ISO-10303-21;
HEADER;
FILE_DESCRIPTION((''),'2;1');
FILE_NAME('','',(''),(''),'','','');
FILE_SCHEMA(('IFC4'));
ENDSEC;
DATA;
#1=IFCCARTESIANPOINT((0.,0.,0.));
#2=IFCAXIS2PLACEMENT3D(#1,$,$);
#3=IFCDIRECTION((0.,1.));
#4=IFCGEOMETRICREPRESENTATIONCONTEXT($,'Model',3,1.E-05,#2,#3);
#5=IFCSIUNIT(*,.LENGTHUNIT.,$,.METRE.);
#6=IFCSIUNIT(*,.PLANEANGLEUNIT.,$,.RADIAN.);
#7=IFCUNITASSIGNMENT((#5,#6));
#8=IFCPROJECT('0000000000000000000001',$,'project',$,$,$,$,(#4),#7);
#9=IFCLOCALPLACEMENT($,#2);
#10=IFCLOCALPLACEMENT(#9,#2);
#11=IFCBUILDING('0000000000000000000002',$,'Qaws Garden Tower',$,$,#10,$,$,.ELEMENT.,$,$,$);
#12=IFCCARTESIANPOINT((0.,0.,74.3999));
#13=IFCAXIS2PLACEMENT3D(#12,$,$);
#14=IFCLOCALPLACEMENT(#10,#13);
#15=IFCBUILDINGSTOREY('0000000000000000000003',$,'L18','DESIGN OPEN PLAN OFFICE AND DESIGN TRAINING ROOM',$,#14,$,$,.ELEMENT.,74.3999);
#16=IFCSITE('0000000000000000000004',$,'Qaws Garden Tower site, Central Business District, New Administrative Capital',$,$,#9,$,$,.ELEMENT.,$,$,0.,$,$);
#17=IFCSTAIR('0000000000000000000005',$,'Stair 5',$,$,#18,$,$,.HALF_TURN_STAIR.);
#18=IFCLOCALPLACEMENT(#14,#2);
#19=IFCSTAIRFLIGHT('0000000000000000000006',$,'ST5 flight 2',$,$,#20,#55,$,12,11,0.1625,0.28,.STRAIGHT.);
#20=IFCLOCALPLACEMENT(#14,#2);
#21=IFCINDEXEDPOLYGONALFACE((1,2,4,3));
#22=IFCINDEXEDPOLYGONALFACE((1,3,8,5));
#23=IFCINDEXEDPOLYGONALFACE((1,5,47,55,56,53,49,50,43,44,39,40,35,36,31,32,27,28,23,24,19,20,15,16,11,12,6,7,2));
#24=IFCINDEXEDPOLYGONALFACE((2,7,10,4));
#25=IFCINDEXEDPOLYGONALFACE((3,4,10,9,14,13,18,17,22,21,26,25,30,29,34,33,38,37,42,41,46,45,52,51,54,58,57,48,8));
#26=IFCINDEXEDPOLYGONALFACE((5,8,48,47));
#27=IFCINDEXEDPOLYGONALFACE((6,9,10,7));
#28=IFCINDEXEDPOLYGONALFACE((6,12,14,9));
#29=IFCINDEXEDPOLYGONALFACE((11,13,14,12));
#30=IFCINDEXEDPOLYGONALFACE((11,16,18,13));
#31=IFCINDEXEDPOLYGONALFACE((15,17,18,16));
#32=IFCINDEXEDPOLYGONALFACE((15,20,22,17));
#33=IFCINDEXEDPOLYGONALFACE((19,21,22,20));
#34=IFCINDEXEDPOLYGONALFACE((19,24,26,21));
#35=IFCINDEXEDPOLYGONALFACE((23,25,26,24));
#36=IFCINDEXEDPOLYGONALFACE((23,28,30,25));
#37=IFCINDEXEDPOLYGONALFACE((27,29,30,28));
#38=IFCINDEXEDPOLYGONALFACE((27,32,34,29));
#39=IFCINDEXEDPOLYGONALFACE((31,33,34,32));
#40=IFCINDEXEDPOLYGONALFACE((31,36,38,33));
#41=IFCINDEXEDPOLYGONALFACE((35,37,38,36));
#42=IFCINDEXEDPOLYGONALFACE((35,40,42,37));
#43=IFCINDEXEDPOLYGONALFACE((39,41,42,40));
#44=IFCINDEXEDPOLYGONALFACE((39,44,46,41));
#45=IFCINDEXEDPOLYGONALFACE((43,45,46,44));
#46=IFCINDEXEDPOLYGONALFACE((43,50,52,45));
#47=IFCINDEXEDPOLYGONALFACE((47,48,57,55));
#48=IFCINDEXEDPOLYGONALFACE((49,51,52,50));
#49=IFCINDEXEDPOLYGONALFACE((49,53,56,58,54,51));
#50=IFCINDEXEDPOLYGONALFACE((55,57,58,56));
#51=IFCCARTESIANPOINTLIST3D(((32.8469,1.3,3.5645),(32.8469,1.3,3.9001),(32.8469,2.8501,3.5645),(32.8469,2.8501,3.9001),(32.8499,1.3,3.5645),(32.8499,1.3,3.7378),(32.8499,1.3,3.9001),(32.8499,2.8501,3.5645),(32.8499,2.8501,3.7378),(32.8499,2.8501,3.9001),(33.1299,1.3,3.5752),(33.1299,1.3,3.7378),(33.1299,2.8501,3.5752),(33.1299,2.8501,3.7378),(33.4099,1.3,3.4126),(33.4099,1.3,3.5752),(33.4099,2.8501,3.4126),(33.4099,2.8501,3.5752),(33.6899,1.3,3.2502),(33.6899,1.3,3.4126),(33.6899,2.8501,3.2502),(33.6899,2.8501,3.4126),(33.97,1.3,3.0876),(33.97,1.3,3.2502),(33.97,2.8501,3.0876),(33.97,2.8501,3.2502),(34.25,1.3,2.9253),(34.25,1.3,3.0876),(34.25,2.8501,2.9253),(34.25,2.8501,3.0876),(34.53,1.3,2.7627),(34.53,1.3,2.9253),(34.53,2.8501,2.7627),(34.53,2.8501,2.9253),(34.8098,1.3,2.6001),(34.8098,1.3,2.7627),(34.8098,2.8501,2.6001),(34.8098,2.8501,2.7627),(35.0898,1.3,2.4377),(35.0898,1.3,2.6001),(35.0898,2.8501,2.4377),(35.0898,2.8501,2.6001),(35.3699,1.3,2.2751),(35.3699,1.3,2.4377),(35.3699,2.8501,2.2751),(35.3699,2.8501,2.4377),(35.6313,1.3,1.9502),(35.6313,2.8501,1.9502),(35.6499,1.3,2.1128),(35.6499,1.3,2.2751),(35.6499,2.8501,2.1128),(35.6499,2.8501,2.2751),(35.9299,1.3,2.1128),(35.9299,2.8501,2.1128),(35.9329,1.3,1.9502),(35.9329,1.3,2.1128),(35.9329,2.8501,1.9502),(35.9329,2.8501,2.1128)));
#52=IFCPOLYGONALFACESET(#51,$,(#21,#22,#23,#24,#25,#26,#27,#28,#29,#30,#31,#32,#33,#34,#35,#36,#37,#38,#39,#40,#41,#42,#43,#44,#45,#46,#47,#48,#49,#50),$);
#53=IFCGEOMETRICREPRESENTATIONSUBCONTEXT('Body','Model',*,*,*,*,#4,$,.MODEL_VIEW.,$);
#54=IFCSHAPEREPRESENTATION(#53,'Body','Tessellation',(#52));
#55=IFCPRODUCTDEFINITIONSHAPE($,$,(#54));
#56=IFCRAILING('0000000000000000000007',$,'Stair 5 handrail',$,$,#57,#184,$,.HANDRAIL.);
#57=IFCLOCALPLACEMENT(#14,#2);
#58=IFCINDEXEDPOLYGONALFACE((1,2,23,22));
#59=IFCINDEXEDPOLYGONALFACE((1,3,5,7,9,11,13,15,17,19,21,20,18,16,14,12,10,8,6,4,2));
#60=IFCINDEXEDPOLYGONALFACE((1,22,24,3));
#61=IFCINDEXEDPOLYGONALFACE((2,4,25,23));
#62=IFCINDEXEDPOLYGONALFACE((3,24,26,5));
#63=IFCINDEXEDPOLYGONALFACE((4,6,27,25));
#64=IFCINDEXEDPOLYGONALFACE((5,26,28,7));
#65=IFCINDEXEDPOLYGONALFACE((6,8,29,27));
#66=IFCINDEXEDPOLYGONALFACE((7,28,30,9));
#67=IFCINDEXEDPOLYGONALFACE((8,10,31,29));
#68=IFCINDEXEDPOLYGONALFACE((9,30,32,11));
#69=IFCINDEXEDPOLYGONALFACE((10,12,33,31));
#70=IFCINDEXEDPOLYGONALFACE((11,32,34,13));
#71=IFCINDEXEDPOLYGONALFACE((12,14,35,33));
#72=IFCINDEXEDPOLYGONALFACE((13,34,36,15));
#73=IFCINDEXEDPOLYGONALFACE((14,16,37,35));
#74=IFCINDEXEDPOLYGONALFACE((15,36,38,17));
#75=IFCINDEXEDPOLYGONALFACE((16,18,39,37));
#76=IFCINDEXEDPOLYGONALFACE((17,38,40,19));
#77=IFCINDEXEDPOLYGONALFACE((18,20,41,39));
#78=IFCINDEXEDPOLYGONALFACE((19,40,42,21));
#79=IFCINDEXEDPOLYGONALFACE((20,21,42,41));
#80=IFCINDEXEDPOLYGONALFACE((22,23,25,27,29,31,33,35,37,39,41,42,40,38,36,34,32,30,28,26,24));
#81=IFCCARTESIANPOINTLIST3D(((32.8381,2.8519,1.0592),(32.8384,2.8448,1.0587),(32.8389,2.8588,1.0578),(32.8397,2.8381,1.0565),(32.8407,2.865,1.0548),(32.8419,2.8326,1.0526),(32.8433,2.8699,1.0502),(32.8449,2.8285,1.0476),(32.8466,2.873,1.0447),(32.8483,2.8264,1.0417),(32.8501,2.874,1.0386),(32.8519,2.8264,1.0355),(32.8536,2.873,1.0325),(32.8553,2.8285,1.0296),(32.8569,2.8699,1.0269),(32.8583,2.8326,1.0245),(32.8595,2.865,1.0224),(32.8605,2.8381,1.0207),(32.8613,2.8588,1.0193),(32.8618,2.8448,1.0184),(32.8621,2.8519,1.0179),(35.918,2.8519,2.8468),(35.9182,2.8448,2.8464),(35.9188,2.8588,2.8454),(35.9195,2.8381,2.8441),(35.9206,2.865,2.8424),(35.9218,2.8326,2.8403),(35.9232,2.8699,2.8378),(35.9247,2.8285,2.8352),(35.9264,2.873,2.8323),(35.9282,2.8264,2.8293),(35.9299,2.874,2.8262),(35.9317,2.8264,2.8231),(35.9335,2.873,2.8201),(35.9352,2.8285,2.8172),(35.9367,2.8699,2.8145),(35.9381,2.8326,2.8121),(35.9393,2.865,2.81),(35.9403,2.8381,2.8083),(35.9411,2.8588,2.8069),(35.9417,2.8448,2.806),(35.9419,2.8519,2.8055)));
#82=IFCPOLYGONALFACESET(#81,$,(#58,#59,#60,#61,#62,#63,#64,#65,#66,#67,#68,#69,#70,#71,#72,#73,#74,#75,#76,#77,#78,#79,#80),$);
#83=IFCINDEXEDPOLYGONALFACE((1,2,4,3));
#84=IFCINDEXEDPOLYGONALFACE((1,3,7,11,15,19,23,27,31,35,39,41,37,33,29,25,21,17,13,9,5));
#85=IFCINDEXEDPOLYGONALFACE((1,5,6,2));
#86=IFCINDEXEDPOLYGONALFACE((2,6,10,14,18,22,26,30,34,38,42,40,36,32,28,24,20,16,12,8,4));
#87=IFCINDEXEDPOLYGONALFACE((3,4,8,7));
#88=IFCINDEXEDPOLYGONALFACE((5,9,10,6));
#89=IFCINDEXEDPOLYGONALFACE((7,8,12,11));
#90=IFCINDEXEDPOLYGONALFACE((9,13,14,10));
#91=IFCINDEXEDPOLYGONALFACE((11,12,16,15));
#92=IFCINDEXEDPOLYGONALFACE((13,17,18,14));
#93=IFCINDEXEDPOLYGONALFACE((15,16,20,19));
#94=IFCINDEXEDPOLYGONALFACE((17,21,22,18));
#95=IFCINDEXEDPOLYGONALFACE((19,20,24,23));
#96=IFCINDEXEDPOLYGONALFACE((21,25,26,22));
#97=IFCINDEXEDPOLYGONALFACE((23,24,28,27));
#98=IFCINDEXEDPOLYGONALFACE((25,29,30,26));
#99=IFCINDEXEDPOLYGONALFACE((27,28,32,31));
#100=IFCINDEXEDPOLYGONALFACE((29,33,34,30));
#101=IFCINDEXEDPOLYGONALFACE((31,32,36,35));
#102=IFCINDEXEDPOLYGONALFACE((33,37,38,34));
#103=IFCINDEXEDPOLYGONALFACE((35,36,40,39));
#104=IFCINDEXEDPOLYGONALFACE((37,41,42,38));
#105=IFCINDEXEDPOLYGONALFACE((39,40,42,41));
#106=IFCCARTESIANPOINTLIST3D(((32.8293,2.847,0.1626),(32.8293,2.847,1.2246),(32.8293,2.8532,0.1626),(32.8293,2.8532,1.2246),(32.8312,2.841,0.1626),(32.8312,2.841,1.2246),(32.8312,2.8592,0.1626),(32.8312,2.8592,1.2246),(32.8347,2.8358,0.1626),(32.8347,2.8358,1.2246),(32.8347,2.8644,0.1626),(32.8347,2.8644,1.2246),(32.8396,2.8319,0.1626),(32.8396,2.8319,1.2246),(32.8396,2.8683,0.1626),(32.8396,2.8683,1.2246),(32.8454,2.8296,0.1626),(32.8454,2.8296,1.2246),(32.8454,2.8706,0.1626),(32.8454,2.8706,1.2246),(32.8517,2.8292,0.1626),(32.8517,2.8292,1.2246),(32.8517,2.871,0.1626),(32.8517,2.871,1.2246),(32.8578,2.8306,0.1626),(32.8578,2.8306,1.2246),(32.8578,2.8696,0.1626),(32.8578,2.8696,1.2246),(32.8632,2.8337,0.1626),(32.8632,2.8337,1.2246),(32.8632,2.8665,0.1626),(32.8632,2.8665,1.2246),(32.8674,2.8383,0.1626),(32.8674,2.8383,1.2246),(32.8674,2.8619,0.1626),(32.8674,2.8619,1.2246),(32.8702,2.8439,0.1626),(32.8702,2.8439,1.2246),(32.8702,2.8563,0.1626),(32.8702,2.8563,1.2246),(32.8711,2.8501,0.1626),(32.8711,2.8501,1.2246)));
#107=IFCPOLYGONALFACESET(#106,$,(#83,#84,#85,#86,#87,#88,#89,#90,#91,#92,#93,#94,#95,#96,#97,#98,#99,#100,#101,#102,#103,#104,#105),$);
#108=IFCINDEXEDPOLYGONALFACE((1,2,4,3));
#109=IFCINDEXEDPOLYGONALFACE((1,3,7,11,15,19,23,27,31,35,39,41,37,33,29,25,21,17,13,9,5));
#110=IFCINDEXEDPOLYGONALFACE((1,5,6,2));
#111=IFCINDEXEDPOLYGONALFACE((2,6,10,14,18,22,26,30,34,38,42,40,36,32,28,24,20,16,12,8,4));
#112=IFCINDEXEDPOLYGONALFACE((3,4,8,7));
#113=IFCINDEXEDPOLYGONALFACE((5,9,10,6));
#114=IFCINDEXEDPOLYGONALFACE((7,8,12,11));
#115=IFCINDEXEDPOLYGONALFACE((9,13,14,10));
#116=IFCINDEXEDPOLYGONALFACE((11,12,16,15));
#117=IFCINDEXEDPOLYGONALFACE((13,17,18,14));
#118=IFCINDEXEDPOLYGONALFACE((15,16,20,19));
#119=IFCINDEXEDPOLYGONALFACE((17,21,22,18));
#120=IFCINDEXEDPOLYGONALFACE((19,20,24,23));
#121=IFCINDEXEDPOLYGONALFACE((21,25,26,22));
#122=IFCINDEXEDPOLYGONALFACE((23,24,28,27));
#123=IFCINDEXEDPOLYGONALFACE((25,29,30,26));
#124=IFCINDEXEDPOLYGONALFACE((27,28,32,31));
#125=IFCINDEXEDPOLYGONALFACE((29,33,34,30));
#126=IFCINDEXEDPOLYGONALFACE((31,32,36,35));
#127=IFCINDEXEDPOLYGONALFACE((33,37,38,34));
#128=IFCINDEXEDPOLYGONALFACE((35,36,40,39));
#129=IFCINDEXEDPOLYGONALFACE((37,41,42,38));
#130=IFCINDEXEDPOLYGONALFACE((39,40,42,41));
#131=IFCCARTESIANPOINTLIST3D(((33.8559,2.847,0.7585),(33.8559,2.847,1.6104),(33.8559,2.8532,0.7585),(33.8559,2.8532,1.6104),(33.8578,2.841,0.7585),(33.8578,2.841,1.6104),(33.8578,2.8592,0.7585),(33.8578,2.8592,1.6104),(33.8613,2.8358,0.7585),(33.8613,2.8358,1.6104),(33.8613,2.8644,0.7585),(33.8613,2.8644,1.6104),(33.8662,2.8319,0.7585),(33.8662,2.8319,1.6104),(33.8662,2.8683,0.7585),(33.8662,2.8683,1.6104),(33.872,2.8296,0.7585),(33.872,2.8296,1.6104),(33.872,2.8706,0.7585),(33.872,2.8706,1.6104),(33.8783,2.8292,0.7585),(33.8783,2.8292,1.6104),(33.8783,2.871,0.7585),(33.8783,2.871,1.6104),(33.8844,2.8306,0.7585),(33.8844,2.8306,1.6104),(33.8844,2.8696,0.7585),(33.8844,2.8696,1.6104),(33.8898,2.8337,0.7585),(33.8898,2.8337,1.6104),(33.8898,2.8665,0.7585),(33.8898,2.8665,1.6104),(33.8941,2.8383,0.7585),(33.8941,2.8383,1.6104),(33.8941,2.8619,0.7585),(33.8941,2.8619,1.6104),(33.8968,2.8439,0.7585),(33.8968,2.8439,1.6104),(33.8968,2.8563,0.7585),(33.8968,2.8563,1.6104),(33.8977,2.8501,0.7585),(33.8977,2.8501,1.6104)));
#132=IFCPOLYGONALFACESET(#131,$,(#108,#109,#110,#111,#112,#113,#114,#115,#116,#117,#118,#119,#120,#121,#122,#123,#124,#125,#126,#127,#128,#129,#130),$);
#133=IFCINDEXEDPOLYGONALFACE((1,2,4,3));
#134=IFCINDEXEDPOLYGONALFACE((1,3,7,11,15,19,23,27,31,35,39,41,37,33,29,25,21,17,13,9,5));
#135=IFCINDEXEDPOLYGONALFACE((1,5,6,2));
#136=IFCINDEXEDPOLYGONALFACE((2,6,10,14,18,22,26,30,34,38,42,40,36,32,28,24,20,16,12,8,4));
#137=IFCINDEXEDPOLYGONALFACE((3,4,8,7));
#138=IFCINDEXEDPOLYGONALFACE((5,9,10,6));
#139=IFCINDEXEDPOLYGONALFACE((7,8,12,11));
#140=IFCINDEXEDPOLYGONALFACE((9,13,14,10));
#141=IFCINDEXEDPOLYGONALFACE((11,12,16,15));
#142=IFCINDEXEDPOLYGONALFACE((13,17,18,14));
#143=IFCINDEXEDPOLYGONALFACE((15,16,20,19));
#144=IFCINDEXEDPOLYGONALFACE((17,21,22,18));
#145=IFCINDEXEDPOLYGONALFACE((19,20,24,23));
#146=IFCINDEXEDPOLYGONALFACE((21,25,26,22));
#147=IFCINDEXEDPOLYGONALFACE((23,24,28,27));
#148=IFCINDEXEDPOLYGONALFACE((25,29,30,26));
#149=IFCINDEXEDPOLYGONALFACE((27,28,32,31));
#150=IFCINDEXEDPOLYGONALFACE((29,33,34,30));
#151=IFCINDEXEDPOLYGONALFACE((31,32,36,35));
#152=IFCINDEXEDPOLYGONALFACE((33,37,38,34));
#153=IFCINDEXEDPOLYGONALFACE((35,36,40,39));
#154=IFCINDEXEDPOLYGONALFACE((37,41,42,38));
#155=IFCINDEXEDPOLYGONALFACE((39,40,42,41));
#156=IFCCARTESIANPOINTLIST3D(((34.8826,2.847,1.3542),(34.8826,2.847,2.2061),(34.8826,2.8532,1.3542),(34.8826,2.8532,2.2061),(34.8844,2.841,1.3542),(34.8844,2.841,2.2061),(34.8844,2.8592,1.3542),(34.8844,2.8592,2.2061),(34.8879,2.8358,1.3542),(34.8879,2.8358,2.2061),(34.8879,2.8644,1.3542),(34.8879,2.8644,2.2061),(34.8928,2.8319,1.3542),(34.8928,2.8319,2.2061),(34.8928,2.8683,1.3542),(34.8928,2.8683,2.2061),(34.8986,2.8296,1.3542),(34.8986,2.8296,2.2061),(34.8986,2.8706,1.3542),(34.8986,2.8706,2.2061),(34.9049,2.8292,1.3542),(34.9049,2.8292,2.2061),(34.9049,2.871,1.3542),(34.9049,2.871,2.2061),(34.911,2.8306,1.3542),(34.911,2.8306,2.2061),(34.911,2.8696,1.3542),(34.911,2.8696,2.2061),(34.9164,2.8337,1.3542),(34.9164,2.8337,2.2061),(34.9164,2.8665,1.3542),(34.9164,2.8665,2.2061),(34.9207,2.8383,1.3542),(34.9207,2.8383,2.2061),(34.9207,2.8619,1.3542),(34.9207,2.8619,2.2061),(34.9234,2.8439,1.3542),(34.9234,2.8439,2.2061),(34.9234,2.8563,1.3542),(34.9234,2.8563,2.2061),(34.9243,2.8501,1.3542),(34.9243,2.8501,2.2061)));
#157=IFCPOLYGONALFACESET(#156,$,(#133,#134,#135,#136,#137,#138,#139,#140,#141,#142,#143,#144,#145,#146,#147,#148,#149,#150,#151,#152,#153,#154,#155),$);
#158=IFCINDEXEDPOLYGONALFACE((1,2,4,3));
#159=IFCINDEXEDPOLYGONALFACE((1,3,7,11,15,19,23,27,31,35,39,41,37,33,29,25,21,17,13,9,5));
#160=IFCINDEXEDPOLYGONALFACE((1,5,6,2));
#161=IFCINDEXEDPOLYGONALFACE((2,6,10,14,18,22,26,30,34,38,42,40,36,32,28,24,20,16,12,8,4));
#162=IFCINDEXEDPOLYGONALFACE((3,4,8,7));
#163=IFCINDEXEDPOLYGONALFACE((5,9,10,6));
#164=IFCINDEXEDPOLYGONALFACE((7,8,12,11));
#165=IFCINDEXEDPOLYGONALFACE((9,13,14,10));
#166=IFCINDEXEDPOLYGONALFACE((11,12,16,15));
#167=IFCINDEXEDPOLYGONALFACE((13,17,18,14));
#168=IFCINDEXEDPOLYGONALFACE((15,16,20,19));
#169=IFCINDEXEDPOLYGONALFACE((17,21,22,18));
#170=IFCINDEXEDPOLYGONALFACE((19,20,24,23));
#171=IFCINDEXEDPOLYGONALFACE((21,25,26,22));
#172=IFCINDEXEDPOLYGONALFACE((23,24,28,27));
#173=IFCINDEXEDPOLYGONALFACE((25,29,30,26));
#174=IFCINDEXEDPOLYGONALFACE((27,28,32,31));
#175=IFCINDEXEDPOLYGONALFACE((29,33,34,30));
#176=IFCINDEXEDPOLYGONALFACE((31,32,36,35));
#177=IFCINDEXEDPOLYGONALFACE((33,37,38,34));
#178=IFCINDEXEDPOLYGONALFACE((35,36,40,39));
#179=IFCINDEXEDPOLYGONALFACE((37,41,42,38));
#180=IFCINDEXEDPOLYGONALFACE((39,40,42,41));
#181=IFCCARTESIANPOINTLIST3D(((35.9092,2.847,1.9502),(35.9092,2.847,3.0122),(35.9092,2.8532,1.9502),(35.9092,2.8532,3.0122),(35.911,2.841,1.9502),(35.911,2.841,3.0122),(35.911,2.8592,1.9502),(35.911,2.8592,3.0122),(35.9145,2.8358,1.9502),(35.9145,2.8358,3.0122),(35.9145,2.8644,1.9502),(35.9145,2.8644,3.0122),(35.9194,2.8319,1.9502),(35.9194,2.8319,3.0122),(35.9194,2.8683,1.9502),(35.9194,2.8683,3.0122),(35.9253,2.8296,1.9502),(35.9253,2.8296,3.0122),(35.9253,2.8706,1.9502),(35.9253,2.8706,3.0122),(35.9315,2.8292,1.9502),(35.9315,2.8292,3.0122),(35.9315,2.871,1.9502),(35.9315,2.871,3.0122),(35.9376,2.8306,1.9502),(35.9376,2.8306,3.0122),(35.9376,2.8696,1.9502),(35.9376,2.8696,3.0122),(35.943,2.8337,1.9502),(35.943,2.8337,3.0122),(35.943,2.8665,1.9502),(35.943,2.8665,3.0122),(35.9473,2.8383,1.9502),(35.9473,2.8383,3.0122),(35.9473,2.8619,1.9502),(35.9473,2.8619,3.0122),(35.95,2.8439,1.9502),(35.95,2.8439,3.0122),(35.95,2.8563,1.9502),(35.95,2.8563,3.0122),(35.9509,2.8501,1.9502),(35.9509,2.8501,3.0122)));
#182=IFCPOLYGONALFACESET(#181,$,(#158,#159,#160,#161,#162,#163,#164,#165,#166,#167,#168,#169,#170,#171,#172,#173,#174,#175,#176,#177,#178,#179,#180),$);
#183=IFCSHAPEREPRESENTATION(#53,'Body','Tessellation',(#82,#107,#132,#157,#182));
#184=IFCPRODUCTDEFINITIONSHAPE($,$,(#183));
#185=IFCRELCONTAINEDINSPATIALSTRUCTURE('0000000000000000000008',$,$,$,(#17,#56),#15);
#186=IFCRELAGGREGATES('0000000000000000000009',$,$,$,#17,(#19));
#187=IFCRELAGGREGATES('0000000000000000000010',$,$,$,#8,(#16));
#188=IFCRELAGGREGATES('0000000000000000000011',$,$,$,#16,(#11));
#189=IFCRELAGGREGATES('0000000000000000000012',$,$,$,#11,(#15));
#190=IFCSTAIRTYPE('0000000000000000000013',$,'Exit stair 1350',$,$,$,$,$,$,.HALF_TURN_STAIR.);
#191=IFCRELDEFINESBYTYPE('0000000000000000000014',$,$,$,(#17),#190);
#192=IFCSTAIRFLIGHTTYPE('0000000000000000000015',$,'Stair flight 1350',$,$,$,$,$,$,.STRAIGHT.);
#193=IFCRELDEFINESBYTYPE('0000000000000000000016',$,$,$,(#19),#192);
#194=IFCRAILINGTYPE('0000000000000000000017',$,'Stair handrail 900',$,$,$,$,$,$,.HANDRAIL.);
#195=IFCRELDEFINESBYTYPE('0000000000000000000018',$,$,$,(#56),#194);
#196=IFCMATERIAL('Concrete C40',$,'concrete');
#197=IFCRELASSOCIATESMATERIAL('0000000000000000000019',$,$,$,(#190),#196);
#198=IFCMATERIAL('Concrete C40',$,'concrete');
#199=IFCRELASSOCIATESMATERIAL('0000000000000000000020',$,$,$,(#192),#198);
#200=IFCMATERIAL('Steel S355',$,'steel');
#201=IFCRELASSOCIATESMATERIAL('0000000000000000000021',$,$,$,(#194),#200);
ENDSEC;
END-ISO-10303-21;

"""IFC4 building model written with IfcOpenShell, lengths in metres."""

from ifc_helpers import new_model, si_unit, direction, frame, origin, origin_2d, place, context, subcontext, project, spatial, polyline, circle, outline, extrude, material, type_object, element, aggregate, save


model = new_model("IFC4")

# Units and contexts
model_context = context("Model", 3, precision=1e-05, world=origin(), true_north=direction((0.0, 1.0)))
body_context = subcontext(model_context, "Body", "Model", "MODEL_VIEW")
ifc_project = project(units=[si_unit("LENGTHUNIT", "METRE"), si_unit("PLANEANGLEUNIT", "RADIAN")], contexts=[model_context])

# Site, building, storey
site_placement = place(None, origin())
site = spatial("IfcSite", under=ifc_project, at=site_placement, Name="Qaws Garden Tower site, Central Business District, New Administrative Capital", CompositionType="ELEMENT", RefElevation=0.0)
building_placement = place(site_placement, origin())
building = spatial("IfcBuilding", under=site, at=building_placement, Name="Qaws Garden Tower", CompositionType="ELEMENT")
storey_placement = place(building_placement, frame((0.0, 0.0, 74.3999)))
storey = spatial("IfcBuildingStorey", under=building, at=storey_placement, Name="L18", Description="DESIGN OPEN PLAN OFFICE AND DESIGN TRAINING ROOM", CompositionType="ELEMENT", Elevation=74.3999)

# Stair, stair flight
ifc_material_1 = material(Name="Concrete C40", Category="concrete")
stair_type = type_object("IfcStairType", Name="Exit stair 1350", PredefinedType="HALF_TURN_STAIR", material=ifc_material_1)
stair_placement = place(storey_placement, origin())
stair = element("IfcStair", 1, at=stair_placement, inside=storey, type_object=stair_type, Name="Stair 5", PredefinedType="HALF_TURN_STAIR")
ifc_material_2 = material(Name="Concrete C40", Category="concrete")
stair_flight_type = type_object("IfcStairFlightType", Name="Stair flight 1350", PredefinedType="STRAIGHT", material=ifc_material_2)
stair_flight_1_placement = place(storey_placement, frame((35.9299, 2.075, 1.9502), z_axis=(0.0, 0.0, 1.0), x_axis=(-1.0, 0.0, 0.0)))
stair_flight_1 = element("IfcStairFlight", 2, at=stair_flight_1_placement, type_object=stair_flight_type, Name="ST5 flight 2", NumberOfRisers=12, NumberOfTreads=11, PredefinedType="STRAIGHT", RiserHeight=0.1625, TreadLength=0.28, context=body_context, shape_type="SweptSolid", body=[
    extrude(outline(polyline([(-0.0029, 0.0), (-0.0029, 0.1626), (0.0, 0.1626), (0.28, 0.1626), (0.28, 0.325), (0.5601, 0.325), (0.5601, 0.4875), (0.8401, 0.4875), (0.8401, 0.6499), (1.1201, 0.6499), (1.1201, 0.8125), (1.3999, 0.8125), (1.3999, 0.9751), (1.6799, 0.9751), (1.6799, 1.1375), (1.96, 1.1375), (1.96, 1.3), (2.24, 1.3), (2.24, 1.4624), (2.52, 1.4624), (2.52, 1.625), (2.8, 1.625), (2.8, 1.7876), (3.0801, 1.7876), (3.0801, 1.95), (3.083, 1.95), (3.083, 1.6143), (3.0801, 1.6143), (0.2986, 0.0), (-0.0029, 0.0)])), frame((0.0, 0.7749, 0.0), z_axis=(0.0, -1.0, 0.0), x_axis=(1.0, 0.0, 0.0)), (0.0, 0.0, 1.0), 1.55),
])
aggregate(stair, [stair_flight_1])

# Railing
ifc_material_3 = material(Name="Steel S355", Category="steel")
railing_type = type_object("IfcRailingType", Name="Stair handrail 900", PredefinedType="HANDRAIL", material=ifc_material_3)
railing_1_placement = place(storey_placement, frame((32.8501, 2.8501, 0.1626)))
element("IfcRailing", 3, at=railing_1_placement, inside=storey, type_object=railing_type, Name="Stair 5 handrail", PredefinedType="HANDRAIL", context=body_context, shape_type="SweptSolid", body=[
    extrude(circle(Radius=0.0239, at=origin_2d()), frame((0.0, 0.0, 0.876), z_axis=(0.864873, 0.0, 0.50199), x_axis=(0.0, 1.0, 0.0)), (0.0, 0.0, 1.0), 3.561),
    extrude(circle(Radius=0.021, at=origin_2d()), origin(), (0.0, 0.0, 1.0), 1.062),
    extrude(circle(Radius=0.021, at=origin_2d()), frame((1.0266, 0.0, 0.5959)), (0.0, 0.0, 1.0), 0.8518),
    extrude(circle(Radius=0.021, at=origin_2d()), frame((2.0532, 0.0, 1.1917)), (0.0, 0.0, 1.0), 0.8518),
    extrude(circle(Radius=0.021, at=origin_2d()), frame((3.0798, 0.0, 1.7876)), (0.0, 0.0, 1.0), 1.062),
])

save(model, "model.ifc")
